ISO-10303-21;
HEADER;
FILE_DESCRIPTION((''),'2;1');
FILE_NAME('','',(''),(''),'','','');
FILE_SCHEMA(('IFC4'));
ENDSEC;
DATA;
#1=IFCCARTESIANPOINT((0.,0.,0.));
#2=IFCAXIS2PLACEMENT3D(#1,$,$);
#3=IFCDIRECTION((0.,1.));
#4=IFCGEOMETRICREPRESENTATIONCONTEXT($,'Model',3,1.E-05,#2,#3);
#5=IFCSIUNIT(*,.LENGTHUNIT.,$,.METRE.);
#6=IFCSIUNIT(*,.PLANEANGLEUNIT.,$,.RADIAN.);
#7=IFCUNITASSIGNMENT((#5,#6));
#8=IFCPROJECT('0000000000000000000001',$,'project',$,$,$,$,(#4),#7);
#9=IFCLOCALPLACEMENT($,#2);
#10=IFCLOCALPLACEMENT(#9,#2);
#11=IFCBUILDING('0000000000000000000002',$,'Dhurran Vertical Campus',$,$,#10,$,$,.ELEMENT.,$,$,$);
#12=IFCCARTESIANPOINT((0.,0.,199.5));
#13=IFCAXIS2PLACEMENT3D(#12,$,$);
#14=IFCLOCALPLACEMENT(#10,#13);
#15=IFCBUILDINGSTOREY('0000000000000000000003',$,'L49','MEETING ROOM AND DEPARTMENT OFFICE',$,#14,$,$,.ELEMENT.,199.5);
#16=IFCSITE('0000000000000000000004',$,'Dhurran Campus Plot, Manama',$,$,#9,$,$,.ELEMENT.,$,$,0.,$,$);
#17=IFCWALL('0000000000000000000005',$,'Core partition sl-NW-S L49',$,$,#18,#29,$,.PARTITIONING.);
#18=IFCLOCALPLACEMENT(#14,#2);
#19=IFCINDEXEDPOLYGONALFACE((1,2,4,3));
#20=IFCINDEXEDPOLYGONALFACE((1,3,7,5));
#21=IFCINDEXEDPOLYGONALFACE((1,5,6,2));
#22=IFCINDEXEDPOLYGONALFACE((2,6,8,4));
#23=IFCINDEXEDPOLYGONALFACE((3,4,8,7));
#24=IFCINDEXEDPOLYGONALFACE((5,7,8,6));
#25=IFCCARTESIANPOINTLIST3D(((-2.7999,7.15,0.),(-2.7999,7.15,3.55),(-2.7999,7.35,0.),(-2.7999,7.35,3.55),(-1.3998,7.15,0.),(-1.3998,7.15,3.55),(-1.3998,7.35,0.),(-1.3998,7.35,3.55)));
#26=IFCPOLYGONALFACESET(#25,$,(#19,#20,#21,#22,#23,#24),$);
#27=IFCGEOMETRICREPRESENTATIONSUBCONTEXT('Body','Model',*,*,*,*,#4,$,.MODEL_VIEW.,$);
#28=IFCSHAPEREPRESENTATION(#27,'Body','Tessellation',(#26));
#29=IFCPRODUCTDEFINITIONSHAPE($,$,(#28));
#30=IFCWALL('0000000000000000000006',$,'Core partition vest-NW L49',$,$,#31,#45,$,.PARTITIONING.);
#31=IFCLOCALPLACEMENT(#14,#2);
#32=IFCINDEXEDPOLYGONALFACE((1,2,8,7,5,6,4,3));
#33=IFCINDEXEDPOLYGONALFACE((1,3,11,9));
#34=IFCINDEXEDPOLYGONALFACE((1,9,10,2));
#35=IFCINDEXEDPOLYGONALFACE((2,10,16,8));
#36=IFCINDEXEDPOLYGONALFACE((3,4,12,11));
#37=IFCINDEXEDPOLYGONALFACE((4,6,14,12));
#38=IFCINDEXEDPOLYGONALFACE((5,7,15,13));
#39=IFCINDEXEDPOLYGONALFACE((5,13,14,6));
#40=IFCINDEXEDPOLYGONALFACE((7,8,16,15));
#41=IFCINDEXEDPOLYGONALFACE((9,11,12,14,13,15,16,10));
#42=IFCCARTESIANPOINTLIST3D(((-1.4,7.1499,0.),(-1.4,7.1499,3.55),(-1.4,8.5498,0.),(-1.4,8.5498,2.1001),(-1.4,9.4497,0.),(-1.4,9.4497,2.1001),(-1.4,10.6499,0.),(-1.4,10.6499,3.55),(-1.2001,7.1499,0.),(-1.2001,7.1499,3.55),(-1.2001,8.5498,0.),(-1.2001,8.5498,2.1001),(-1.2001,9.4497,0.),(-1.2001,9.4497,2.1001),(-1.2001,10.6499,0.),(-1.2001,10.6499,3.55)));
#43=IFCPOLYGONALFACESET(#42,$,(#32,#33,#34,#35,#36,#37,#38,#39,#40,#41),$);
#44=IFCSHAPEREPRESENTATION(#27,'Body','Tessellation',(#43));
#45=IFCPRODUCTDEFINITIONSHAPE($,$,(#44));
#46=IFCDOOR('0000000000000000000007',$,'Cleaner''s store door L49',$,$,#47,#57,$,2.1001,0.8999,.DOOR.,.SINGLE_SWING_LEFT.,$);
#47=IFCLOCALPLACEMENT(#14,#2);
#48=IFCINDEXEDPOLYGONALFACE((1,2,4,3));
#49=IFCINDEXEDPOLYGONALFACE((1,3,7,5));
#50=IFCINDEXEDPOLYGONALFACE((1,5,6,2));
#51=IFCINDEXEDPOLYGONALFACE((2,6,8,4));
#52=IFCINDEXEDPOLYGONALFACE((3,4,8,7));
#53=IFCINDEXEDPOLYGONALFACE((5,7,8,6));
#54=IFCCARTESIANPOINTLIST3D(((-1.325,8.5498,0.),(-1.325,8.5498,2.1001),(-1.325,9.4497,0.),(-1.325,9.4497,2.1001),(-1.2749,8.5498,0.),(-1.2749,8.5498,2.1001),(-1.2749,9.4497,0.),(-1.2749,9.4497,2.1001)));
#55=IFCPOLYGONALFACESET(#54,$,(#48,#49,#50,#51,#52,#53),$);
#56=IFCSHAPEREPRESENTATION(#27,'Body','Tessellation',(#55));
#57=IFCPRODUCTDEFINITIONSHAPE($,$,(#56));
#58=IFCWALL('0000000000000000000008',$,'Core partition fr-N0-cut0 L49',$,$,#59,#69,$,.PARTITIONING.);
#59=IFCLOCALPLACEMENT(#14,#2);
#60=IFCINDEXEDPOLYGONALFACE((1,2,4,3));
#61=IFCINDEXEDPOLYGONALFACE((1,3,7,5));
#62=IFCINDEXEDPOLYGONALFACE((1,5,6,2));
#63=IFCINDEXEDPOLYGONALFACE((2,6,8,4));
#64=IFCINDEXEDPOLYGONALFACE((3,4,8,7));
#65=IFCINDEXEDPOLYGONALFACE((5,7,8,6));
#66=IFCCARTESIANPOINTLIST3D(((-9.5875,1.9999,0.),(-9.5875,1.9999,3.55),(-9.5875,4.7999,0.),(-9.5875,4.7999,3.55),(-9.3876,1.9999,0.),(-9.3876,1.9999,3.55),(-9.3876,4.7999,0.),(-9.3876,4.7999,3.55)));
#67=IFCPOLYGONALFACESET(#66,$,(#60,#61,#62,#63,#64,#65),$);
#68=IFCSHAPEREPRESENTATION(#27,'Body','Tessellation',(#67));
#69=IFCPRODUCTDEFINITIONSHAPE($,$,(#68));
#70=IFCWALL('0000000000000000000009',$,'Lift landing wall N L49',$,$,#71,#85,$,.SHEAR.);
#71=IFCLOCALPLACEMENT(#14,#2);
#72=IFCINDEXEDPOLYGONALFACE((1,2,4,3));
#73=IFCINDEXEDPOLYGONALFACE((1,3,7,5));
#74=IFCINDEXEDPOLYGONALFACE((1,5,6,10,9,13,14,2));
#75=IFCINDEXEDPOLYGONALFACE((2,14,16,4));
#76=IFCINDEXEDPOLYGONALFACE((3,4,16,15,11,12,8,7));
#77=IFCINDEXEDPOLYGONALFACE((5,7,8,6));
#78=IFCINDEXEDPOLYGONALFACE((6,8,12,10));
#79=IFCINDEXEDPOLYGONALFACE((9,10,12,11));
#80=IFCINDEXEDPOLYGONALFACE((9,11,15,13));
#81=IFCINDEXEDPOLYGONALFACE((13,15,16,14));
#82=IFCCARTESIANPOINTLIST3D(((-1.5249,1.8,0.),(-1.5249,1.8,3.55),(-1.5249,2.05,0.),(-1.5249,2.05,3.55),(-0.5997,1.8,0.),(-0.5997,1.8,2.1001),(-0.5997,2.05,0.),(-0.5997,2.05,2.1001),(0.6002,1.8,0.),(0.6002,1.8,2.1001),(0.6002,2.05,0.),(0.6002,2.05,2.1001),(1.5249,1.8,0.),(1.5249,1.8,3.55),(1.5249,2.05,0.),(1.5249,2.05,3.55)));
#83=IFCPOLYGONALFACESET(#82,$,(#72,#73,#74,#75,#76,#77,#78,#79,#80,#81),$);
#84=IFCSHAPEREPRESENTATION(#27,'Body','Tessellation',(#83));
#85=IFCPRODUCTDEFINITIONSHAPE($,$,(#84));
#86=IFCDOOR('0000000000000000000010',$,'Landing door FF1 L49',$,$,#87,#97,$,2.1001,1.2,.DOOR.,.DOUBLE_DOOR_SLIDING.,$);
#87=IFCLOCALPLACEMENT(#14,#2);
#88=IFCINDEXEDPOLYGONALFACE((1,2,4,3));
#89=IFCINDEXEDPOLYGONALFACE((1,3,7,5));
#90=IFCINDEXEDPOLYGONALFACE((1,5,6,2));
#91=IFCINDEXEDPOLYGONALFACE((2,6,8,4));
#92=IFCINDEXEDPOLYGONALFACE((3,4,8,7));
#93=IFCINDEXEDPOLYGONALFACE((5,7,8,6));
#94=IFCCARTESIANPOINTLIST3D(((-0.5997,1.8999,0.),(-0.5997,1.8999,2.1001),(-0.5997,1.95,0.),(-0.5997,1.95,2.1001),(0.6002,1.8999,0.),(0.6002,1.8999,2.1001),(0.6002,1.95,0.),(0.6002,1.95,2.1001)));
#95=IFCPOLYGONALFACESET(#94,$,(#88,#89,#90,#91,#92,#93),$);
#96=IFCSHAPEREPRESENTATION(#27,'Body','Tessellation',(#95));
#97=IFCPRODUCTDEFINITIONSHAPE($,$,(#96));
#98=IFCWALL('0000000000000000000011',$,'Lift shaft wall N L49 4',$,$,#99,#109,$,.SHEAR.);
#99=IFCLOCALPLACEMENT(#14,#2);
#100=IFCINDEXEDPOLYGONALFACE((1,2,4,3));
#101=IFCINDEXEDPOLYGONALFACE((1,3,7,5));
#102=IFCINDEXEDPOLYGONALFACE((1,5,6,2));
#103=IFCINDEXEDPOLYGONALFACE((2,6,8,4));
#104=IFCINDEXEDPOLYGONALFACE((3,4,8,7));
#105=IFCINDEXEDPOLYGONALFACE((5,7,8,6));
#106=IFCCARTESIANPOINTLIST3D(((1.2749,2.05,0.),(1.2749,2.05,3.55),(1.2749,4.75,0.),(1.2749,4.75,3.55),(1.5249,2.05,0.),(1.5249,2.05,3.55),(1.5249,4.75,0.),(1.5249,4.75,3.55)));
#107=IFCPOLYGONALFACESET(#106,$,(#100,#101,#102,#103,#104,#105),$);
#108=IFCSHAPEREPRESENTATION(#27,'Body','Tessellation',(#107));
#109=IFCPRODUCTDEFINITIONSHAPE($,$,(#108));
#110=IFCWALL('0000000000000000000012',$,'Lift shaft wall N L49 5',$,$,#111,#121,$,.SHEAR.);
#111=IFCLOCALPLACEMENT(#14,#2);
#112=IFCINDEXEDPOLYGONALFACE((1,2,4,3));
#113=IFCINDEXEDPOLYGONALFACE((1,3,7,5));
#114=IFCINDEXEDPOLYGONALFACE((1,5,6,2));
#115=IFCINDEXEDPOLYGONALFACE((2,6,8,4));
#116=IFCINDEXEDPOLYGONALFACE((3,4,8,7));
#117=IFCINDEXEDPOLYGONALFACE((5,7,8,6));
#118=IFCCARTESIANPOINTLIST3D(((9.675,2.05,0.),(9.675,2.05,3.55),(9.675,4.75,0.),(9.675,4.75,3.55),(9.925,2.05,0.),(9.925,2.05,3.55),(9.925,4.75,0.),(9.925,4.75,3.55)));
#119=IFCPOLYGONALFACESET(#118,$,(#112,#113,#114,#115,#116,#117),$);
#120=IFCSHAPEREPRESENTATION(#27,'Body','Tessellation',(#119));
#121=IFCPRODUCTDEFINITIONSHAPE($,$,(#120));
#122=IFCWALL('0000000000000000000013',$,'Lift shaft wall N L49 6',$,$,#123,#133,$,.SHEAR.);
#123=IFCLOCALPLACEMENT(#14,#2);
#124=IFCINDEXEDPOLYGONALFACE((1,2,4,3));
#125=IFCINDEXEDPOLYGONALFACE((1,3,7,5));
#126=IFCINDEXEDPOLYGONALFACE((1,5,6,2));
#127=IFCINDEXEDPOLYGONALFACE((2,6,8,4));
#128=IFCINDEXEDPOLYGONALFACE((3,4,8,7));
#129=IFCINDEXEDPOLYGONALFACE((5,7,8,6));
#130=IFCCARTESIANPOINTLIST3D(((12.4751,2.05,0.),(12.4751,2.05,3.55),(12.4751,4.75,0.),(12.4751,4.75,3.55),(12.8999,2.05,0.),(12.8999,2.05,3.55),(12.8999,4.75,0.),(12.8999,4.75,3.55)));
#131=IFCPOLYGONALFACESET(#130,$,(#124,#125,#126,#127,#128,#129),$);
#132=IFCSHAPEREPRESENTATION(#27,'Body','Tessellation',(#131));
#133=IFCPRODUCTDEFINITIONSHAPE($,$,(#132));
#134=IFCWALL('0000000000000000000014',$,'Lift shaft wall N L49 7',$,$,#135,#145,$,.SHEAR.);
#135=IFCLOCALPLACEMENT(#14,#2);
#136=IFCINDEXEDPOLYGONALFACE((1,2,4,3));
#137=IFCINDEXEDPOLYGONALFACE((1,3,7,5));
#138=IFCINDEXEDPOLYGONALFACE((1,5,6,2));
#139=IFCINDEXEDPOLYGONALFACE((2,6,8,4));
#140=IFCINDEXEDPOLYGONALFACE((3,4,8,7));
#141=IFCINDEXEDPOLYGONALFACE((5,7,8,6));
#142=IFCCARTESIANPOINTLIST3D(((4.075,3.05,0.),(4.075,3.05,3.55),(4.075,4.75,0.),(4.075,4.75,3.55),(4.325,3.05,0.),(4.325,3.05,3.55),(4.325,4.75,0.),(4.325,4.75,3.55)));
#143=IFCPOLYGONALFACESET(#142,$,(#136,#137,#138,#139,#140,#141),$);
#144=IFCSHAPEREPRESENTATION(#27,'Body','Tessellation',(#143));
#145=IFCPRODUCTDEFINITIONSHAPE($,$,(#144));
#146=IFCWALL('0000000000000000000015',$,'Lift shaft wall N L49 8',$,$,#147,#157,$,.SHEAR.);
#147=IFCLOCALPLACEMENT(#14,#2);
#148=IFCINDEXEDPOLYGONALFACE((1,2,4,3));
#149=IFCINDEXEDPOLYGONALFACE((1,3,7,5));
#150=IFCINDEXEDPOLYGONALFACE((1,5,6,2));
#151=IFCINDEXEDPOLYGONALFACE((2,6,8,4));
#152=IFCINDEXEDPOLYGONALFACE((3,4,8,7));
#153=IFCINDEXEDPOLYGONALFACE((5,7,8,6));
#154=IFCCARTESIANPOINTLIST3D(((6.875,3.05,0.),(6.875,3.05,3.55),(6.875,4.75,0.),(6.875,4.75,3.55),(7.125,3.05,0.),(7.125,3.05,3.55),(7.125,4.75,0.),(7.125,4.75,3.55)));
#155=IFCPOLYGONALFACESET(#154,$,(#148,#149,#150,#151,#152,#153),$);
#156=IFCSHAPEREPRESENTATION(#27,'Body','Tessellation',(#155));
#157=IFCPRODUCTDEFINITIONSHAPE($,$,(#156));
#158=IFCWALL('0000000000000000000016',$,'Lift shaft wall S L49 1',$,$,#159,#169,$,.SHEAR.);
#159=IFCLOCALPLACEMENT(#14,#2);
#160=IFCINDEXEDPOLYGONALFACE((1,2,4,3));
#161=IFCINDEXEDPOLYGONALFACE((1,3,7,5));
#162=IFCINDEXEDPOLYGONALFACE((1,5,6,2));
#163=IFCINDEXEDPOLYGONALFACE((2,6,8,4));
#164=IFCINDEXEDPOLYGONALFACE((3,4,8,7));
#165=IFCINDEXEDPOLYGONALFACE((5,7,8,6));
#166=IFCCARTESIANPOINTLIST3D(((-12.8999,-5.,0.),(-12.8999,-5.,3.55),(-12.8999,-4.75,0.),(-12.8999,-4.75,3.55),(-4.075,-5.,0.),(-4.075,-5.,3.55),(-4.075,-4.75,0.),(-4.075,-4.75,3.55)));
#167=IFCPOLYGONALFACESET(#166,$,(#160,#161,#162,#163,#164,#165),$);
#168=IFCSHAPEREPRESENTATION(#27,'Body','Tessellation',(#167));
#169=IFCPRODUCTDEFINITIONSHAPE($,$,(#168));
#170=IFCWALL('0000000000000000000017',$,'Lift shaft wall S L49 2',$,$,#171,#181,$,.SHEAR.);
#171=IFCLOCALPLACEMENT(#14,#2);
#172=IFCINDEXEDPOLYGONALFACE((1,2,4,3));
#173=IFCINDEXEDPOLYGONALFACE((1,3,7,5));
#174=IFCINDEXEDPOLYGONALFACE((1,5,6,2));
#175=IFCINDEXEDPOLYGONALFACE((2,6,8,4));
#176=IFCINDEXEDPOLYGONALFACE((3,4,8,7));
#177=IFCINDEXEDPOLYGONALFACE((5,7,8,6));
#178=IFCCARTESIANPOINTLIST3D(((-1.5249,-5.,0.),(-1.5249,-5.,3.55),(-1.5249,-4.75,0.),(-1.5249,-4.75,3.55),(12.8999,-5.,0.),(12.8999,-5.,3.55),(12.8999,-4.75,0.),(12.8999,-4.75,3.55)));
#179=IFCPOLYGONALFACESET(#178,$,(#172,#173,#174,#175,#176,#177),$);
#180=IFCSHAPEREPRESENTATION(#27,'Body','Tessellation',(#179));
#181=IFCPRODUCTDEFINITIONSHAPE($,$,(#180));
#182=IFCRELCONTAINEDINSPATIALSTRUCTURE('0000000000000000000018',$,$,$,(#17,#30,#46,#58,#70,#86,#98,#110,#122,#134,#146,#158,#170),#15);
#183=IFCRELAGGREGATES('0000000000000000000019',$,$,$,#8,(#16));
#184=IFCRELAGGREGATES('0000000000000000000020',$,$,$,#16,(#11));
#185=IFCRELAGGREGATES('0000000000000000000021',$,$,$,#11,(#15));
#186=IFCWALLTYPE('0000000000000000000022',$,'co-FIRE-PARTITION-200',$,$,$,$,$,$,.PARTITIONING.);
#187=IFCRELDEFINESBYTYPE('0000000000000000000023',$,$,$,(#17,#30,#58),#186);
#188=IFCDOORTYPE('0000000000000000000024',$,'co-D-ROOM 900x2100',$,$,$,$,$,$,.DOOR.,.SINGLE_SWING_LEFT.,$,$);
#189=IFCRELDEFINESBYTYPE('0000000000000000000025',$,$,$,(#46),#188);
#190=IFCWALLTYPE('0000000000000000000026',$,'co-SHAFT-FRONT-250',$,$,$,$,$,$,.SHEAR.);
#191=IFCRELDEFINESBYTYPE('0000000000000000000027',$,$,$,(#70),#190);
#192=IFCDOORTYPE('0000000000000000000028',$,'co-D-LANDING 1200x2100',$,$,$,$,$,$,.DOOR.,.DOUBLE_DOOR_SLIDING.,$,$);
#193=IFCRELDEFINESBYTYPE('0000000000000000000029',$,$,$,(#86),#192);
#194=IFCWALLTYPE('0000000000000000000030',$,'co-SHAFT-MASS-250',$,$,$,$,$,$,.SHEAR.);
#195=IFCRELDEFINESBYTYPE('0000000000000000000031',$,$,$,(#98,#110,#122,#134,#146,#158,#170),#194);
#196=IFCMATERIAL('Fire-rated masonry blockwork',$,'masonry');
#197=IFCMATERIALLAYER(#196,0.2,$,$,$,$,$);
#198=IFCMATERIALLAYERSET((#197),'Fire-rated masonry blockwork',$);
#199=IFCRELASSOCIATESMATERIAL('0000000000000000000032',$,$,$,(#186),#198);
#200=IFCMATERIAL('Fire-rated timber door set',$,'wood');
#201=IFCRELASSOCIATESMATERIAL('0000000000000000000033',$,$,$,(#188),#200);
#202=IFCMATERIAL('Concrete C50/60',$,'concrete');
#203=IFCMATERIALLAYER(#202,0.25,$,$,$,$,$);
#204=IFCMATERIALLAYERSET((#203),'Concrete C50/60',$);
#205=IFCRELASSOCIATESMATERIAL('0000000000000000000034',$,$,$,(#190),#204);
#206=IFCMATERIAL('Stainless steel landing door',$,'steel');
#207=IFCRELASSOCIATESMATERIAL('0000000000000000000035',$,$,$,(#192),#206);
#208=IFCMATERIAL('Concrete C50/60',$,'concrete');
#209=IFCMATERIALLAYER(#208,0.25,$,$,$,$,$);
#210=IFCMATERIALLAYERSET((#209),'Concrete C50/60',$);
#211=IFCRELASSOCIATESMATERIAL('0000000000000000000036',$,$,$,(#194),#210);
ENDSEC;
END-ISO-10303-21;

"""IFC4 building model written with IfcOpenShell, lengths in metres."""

from ifc_helpers import new_model, si_unit, direction, frame, frame_2d, origin, place, context, subcontext, project, spatial, polyline, rectangle, outline, extrude, material, layer, layer_set, type_object, element, fill, save


model = new_model("IFC4")

# Units and contexts
model_context = context("Model", 3, precision=1e-05, world=origin(), true_north=direction((0.0, 1.0)))
body_context = subcontext(model_context, "Body", "Model", "MODEL_VIEW")
ifc_project = project(units=[si_unit("LENGTHUNIT", "METRE"), si_unit("PLANEANGLEUNIT", "RADIAN")], contexts=[model_context])

# Site, building, storey
site_placement = place(None, origin())
site = spatial("IfcSite", under=ifc_project, at=site_placement, Name="Dhurran Campus Plot, Manama", CompositionType="ELEMENT", RefElevation=0.0)
building_placement = place(site_placement, origin())
building = spatial("IfcBuilding", under=site, at=building_placement, Name="Dhurran Vertical Campus", CompositionType="ELEMENT")
storey_placement = place(building_placement, frame((0.0, 0.0, 199.5)))
storey = spatial("IfcBuildingStorey", under=building, at=storey_placement, Name="L49", Description="MEETING ROOM AND DEPARTMENT OFFICE", CompositionType="ELEMENT", Elevation=199.5)

# Wall
ifc_material_1 = material(Name="Fire-rated masonry blockwork", Category="masonry")
ifc_layer_1 = layer(ifc_material_1, 0.2)
ifc_layer_set_1 = layer_set([ifc_layer_1], Name="Fire-rated masonry blockwork")
wall_type_1 = type_object("IfcWallType", Name="co-FIRE-PARTITION-200", PredefinedType="PARTITIONING", material=ifc_layer_set_1)
wall_1_placement = place(storey_placement, frame((-2.8, 7.25, 0.0), z_axis=(0.0, 0.0, 1.0), x_axis=(1.0, 0.0, 0.0)))
element("IfcWall", 1, at=wall_1_placement, inside=storey, type_object=wall_type_1, Name="Core partition sl-NW-S L49", PredefinedType="PARTITIONING", context=body_context, shape_type="SweptSolid", body=[
    extrude(rectangle(XDim=1.4001, YDim=0.2, at=frame_2d((0.7002, 0.0))), origin(), (0.0, 0.0, 1.0), 3.55),
])

# Wall, opening, door
wall_2_placement = place(storey_placement, frame((-1.3, 7.1499, 0.0), z_axis=(0.0, 0.0, 1.0), x_axis=(0.0, 1.0, 0.0)))
wall_2 = element("IfcWall", 2, at=wall_2_placement, inside=storey, type_object=wall_type_1, Name="Core partition vest-NW L49", PredefinedType="PARTITIONING", context=body_context, shape_type="SweptSolid", body=[
    extrude(rectangle(XDim=3.5, YDim=0.2, at=frame_2d((1.75, 0.0))), origin(), (0.0, 0.0, 1.0), 3.55),
])
opening_1_placement = place(wall_2_placement, frame((1.3999, 0.0, 0.0)))
opening_1 = element("IfcOpeningElement", 3, at=opening_1_placement, cuts=wall_2, PredefinedType="OPENING", context=body_context, shape_type="SweptSolid", body=[
    extrude(rectangle(XDim=0.8999, YDim=2.1001, at=frame_2d((0.45, 1.05))), frame((0.0, 0.1099, 0.0), z_axis=(0.0, -1.0, 0.0), x_axis=(1.0, 0.0, 0.0)), (0.0, 0.0, 1.0), 0.22),
])
ifc_material_2 = material(Name="Fire-rated timber door set", Category="wood")
door_type_1 = type_object("IfcDoorType", Name="co-D-ROOM 900x2100", OperationType="SINGLE_SWING_LEFT", PredefinedType="DOOR", material=ifc_material_2)
door_1_placement = place(opening_1_placement, origin())
door_1 = element("IfcDoor", 4, at=door_1_placement, inside=storey, type_object=door_type_1, Name="Cleaner's store door L49", OperationType="SINGLE_SWING_LEFT", OverallHeight=2.1001, OverallWidth=0.8999, PredefinedType="DOOR", context=body_context, shape_type="SweptSolid", body=[
    extrude(rectangle(XDim=0.8999, YDim=2.1001, at=frame_2d((0.45, 1.05))), frame((0.0, 0.0249, 0.0), z_axis=(0.0, -1.0, 0.0), x_axis=(1.0, 0.0, 0.0)), (0.0, 0.0, 1.0), 0.05),
])
fill(opening_1, door_1)

# Wall
wall_3_placement = place(storey_placement, frame((-9.4875, 2.0, 0.0), z_axis=(0.0, 0.0, 1.0), x_axis=(0.0, 1.0, 0.0)))
element("IfcWall", 5, at=wall_3_placement, inside=storey, type_object=wall_type_1, Name="Core partition fr-N0-cut0 L49", PredefinedType="PARTITIONING", context=body_context, shape_type="SweptSolid", body=[
    extrude(rectangle(XDim=2.8, YDim=0.2, at=frame_2d((1.3999, 0.0))), origin(), (0.0, 0.0, 1.0), 3.55),
])

# Wall, opening, door
ifc_material_3 = material(Name="Concrete C50/60", Category="concrete")
ifc_layer_2 = layer(ifc_material_3, 0.25)
ifc_layer_set_2 = layer_set([ifc_layer_2], Name="Concrete C50/60")
wall_type_2 = type_object("IfcWallType", Name="co-SHAFT-FRONT-250", PredefinedType="SHEAR", material=ifc_layer_set_2)
wall_4_placement = place(storey_placement, frame((-1.5249, 1.925, 0.0), z_axis=(0.0, 0.0, 1.0), x_axis=(1.0, 0.0, 0.0)))
wall_4 = element("IfcWall", 6, at=wall_4_placement, inside=storey, type_object=wall_type_2, Name="Lift landing wall N L49", PredefinedType="SHEAR", context=body_context, shape_type="SweptSolid", body=[
    extrude(rectangle(XDim=3.0498, YDim=0.25, at=frame_2d((1.5249, 0.0))), origin(), (0.0, 0.0, 1.0), 3.55),
])
opening_2_placement = place(wall_4_placement, frame((0.925, 0.0, 0.0)))
opening_2 = element("IfcOpeningElement", 7, at=opening_2_placement, cuts=wall_4, PredefinedType="OPENING", context=body_context, shape_type="SweptSolid", body=[
    extrude(rectangle(XDim=1.2, YDim=2.1001, at=frame_2d((0.6001, 1.05))), frame((0.0, 0.135, 0.0), z_axis=(0.0, -1.0, 0.0), x_axis=(1.0, 0.0, 0.0)), (0.0, 0.0, 1.0), 0.27),
])
ifc_material_4 = material(Name="Stainless steel landing door", Category="steel")
door_type_2 = type_object("IfcDoorType", Name="co-D-LANDING 1200x2100", OperationType="DOUBLE_DOOR_SLIDING", PredefinedType="DOOR", material=ifc_material_4)
door_2_placement = place(opening_2_placement, origin())
door_2 = element("IfcDoor", 8, at=door_2_placement, inside=storey, type_object=door_type_2, Name="Landing door FF1 L49", OperationType="DOUBLE_DOOR_SLIDING", OverallHeight=2.1001, OverallWidth=1.2, PredefinedType="DOOR", context=body_context, shape_type="SweptSolid", body=[
    extrude(rectangle(XDim=1.2, YDim=2.1001, at=frame_2d((0.6001, 1.05))), frame((0.0, 0.0249, 0.0), z_axis=(0.0, -1.0, 0.0), x_axis=(1.0, 0.0, 0.0)), (0.0, 0.0, 1.0), 0.05),
])
fill(opening_2, door_2)

# Walls
ifc_material_5 = material(Name="Concrete C50/60", Category="concrete")
ifc_layer_3 = layer(ifc_material_5, 0.25)
ifc_layer_set_3 = layer_set([ifc_layer_3], Name="Concrete C50/60")
wall_type_3 = type_object("IfcWallType", Name="co-SHAFT-MASS-250", PredefinedType="SHEAR", material=ifc_layer_set_3)
wall_5_placement = place(storey_placement, origin())
element("IfcWall", 9, at=wall_5_placement, inside=storey, type_object=wall_type_3, Name="Lift shaft wall N L49 4", PredefinedType="SHEAR", context=body_context, shape_type="SweptSolid", body=[
    extrude(outline(polyline([(1.2749, 2.05), (1.5249, 2.05), (1.5249, 4.75), (1.2749, 4.75), (1.2749, 2.05)])), origin(), (0.0, 0.0, 1.0), 3.55),
])
wall_6_placement = place(storey_placement, origin())
element("IfcWall", 10, at=wall_6_placement, inside=storey, type_object=wall_type_3, Name="Lift shaft wall N L49 5", PredefinedType="SHEAR", context=body_context, shape_type="SweptSolid", body=[
    extrude(outline(polyline([(9.675, 2.05), (9.925, 2.05), (9.925, 4.75), (9.675, 4.75), (9.675, 2.05)])), origin(), (0.0, 0.0, 1.0), 3.55),
])
wall_7_placement = place(storey_placement, origin())
element("IfcWall", 11, at=wall_7_placement, inside=storey, type_object=wall_type_3, Name="Lift shaft wall N L49 6", PredefinedType="SHEAR", context=body_context, shape_type="SweptSolid", body=[
    extrude(outline(polyline([(12.4751, 2.05), (12.8999, 2.05), (12.8999, 4.75), (12.4751, 4.75), (12.4751, 2.05)])), origin(), (0.0, 0.0, 1.0), 3.55),
])
wall_8_placement = place(storey_placement, origin())
element("IfcWall", 12, at=wall_8_placement, inside=storey, type_object=wall_type_3, Name="Lift shaft wall N L49 7", PredefinedType="SHEAR", context=body_context, shape_type="SweptSolid", body=[
    extrude(outline(polyline([(4.075, 3.05), (4.325, 3.05), (4.325, 4.75), (4.075, 4.75), (4.075, 3.05)])), origin(), (0.0, 0.0, 1.0), 3.55),
])
wall_9_placement = place(storey_placement, origin())
element("IfcWall", 13, at=wall_9_placement, inside=storey, type_object=wall_type_3, Name="Lift shaft wall N L49 8", PredefinedType="SHEAR", context=body_context, shape_type="SweptSolid", body=[
    extrude(outline(polyline([(6.875, 3.05), (7.125, 3.05), (7.125, 4.75), (6.875, 4.75), (6.875, 3.05)])), origin(), (0.0, 0.0, 1.0), 3.55),
])
wall_10_placement = place(storey_placement, origin())
element("IfcWall", 14, at=wall_10_placement, inside=storey, type_object=wall_type_3, Name="Lift shaft wall S L49 1", PredefinedType="SHEAR", context=body_context, shape_type="SweptSolid", body=[
    extrude(outline(polyline([(-12.8999, -5.0), (-4.075, -5.0), (-4.075, -4.75), (-12.8999, -4.75), (-12.8999, -5.0)])), origin(), (0.0, 0.0, 1.0), 3.55),
])
wall_11_placement = place(storey_placement, origin())
element("IfcWall", 15, at=wall_11_placement, inside=storey, type_object=wall_type_3, Name="Lift shaft wall S L49 2", PredefinedType="SHEAR", context=body_context, shape_type="SweptSolid", body=[
    extrude(outline(polyline([(-1.5249, -5.0), (12.8999, -5.0), (12.8999, -4.75), (-1.5249, -4.75), (-1.5249, -5.0)])), origin(), (0.0, 0.0, 1.0), 3.55),
])

save(model, "model.ifc")
